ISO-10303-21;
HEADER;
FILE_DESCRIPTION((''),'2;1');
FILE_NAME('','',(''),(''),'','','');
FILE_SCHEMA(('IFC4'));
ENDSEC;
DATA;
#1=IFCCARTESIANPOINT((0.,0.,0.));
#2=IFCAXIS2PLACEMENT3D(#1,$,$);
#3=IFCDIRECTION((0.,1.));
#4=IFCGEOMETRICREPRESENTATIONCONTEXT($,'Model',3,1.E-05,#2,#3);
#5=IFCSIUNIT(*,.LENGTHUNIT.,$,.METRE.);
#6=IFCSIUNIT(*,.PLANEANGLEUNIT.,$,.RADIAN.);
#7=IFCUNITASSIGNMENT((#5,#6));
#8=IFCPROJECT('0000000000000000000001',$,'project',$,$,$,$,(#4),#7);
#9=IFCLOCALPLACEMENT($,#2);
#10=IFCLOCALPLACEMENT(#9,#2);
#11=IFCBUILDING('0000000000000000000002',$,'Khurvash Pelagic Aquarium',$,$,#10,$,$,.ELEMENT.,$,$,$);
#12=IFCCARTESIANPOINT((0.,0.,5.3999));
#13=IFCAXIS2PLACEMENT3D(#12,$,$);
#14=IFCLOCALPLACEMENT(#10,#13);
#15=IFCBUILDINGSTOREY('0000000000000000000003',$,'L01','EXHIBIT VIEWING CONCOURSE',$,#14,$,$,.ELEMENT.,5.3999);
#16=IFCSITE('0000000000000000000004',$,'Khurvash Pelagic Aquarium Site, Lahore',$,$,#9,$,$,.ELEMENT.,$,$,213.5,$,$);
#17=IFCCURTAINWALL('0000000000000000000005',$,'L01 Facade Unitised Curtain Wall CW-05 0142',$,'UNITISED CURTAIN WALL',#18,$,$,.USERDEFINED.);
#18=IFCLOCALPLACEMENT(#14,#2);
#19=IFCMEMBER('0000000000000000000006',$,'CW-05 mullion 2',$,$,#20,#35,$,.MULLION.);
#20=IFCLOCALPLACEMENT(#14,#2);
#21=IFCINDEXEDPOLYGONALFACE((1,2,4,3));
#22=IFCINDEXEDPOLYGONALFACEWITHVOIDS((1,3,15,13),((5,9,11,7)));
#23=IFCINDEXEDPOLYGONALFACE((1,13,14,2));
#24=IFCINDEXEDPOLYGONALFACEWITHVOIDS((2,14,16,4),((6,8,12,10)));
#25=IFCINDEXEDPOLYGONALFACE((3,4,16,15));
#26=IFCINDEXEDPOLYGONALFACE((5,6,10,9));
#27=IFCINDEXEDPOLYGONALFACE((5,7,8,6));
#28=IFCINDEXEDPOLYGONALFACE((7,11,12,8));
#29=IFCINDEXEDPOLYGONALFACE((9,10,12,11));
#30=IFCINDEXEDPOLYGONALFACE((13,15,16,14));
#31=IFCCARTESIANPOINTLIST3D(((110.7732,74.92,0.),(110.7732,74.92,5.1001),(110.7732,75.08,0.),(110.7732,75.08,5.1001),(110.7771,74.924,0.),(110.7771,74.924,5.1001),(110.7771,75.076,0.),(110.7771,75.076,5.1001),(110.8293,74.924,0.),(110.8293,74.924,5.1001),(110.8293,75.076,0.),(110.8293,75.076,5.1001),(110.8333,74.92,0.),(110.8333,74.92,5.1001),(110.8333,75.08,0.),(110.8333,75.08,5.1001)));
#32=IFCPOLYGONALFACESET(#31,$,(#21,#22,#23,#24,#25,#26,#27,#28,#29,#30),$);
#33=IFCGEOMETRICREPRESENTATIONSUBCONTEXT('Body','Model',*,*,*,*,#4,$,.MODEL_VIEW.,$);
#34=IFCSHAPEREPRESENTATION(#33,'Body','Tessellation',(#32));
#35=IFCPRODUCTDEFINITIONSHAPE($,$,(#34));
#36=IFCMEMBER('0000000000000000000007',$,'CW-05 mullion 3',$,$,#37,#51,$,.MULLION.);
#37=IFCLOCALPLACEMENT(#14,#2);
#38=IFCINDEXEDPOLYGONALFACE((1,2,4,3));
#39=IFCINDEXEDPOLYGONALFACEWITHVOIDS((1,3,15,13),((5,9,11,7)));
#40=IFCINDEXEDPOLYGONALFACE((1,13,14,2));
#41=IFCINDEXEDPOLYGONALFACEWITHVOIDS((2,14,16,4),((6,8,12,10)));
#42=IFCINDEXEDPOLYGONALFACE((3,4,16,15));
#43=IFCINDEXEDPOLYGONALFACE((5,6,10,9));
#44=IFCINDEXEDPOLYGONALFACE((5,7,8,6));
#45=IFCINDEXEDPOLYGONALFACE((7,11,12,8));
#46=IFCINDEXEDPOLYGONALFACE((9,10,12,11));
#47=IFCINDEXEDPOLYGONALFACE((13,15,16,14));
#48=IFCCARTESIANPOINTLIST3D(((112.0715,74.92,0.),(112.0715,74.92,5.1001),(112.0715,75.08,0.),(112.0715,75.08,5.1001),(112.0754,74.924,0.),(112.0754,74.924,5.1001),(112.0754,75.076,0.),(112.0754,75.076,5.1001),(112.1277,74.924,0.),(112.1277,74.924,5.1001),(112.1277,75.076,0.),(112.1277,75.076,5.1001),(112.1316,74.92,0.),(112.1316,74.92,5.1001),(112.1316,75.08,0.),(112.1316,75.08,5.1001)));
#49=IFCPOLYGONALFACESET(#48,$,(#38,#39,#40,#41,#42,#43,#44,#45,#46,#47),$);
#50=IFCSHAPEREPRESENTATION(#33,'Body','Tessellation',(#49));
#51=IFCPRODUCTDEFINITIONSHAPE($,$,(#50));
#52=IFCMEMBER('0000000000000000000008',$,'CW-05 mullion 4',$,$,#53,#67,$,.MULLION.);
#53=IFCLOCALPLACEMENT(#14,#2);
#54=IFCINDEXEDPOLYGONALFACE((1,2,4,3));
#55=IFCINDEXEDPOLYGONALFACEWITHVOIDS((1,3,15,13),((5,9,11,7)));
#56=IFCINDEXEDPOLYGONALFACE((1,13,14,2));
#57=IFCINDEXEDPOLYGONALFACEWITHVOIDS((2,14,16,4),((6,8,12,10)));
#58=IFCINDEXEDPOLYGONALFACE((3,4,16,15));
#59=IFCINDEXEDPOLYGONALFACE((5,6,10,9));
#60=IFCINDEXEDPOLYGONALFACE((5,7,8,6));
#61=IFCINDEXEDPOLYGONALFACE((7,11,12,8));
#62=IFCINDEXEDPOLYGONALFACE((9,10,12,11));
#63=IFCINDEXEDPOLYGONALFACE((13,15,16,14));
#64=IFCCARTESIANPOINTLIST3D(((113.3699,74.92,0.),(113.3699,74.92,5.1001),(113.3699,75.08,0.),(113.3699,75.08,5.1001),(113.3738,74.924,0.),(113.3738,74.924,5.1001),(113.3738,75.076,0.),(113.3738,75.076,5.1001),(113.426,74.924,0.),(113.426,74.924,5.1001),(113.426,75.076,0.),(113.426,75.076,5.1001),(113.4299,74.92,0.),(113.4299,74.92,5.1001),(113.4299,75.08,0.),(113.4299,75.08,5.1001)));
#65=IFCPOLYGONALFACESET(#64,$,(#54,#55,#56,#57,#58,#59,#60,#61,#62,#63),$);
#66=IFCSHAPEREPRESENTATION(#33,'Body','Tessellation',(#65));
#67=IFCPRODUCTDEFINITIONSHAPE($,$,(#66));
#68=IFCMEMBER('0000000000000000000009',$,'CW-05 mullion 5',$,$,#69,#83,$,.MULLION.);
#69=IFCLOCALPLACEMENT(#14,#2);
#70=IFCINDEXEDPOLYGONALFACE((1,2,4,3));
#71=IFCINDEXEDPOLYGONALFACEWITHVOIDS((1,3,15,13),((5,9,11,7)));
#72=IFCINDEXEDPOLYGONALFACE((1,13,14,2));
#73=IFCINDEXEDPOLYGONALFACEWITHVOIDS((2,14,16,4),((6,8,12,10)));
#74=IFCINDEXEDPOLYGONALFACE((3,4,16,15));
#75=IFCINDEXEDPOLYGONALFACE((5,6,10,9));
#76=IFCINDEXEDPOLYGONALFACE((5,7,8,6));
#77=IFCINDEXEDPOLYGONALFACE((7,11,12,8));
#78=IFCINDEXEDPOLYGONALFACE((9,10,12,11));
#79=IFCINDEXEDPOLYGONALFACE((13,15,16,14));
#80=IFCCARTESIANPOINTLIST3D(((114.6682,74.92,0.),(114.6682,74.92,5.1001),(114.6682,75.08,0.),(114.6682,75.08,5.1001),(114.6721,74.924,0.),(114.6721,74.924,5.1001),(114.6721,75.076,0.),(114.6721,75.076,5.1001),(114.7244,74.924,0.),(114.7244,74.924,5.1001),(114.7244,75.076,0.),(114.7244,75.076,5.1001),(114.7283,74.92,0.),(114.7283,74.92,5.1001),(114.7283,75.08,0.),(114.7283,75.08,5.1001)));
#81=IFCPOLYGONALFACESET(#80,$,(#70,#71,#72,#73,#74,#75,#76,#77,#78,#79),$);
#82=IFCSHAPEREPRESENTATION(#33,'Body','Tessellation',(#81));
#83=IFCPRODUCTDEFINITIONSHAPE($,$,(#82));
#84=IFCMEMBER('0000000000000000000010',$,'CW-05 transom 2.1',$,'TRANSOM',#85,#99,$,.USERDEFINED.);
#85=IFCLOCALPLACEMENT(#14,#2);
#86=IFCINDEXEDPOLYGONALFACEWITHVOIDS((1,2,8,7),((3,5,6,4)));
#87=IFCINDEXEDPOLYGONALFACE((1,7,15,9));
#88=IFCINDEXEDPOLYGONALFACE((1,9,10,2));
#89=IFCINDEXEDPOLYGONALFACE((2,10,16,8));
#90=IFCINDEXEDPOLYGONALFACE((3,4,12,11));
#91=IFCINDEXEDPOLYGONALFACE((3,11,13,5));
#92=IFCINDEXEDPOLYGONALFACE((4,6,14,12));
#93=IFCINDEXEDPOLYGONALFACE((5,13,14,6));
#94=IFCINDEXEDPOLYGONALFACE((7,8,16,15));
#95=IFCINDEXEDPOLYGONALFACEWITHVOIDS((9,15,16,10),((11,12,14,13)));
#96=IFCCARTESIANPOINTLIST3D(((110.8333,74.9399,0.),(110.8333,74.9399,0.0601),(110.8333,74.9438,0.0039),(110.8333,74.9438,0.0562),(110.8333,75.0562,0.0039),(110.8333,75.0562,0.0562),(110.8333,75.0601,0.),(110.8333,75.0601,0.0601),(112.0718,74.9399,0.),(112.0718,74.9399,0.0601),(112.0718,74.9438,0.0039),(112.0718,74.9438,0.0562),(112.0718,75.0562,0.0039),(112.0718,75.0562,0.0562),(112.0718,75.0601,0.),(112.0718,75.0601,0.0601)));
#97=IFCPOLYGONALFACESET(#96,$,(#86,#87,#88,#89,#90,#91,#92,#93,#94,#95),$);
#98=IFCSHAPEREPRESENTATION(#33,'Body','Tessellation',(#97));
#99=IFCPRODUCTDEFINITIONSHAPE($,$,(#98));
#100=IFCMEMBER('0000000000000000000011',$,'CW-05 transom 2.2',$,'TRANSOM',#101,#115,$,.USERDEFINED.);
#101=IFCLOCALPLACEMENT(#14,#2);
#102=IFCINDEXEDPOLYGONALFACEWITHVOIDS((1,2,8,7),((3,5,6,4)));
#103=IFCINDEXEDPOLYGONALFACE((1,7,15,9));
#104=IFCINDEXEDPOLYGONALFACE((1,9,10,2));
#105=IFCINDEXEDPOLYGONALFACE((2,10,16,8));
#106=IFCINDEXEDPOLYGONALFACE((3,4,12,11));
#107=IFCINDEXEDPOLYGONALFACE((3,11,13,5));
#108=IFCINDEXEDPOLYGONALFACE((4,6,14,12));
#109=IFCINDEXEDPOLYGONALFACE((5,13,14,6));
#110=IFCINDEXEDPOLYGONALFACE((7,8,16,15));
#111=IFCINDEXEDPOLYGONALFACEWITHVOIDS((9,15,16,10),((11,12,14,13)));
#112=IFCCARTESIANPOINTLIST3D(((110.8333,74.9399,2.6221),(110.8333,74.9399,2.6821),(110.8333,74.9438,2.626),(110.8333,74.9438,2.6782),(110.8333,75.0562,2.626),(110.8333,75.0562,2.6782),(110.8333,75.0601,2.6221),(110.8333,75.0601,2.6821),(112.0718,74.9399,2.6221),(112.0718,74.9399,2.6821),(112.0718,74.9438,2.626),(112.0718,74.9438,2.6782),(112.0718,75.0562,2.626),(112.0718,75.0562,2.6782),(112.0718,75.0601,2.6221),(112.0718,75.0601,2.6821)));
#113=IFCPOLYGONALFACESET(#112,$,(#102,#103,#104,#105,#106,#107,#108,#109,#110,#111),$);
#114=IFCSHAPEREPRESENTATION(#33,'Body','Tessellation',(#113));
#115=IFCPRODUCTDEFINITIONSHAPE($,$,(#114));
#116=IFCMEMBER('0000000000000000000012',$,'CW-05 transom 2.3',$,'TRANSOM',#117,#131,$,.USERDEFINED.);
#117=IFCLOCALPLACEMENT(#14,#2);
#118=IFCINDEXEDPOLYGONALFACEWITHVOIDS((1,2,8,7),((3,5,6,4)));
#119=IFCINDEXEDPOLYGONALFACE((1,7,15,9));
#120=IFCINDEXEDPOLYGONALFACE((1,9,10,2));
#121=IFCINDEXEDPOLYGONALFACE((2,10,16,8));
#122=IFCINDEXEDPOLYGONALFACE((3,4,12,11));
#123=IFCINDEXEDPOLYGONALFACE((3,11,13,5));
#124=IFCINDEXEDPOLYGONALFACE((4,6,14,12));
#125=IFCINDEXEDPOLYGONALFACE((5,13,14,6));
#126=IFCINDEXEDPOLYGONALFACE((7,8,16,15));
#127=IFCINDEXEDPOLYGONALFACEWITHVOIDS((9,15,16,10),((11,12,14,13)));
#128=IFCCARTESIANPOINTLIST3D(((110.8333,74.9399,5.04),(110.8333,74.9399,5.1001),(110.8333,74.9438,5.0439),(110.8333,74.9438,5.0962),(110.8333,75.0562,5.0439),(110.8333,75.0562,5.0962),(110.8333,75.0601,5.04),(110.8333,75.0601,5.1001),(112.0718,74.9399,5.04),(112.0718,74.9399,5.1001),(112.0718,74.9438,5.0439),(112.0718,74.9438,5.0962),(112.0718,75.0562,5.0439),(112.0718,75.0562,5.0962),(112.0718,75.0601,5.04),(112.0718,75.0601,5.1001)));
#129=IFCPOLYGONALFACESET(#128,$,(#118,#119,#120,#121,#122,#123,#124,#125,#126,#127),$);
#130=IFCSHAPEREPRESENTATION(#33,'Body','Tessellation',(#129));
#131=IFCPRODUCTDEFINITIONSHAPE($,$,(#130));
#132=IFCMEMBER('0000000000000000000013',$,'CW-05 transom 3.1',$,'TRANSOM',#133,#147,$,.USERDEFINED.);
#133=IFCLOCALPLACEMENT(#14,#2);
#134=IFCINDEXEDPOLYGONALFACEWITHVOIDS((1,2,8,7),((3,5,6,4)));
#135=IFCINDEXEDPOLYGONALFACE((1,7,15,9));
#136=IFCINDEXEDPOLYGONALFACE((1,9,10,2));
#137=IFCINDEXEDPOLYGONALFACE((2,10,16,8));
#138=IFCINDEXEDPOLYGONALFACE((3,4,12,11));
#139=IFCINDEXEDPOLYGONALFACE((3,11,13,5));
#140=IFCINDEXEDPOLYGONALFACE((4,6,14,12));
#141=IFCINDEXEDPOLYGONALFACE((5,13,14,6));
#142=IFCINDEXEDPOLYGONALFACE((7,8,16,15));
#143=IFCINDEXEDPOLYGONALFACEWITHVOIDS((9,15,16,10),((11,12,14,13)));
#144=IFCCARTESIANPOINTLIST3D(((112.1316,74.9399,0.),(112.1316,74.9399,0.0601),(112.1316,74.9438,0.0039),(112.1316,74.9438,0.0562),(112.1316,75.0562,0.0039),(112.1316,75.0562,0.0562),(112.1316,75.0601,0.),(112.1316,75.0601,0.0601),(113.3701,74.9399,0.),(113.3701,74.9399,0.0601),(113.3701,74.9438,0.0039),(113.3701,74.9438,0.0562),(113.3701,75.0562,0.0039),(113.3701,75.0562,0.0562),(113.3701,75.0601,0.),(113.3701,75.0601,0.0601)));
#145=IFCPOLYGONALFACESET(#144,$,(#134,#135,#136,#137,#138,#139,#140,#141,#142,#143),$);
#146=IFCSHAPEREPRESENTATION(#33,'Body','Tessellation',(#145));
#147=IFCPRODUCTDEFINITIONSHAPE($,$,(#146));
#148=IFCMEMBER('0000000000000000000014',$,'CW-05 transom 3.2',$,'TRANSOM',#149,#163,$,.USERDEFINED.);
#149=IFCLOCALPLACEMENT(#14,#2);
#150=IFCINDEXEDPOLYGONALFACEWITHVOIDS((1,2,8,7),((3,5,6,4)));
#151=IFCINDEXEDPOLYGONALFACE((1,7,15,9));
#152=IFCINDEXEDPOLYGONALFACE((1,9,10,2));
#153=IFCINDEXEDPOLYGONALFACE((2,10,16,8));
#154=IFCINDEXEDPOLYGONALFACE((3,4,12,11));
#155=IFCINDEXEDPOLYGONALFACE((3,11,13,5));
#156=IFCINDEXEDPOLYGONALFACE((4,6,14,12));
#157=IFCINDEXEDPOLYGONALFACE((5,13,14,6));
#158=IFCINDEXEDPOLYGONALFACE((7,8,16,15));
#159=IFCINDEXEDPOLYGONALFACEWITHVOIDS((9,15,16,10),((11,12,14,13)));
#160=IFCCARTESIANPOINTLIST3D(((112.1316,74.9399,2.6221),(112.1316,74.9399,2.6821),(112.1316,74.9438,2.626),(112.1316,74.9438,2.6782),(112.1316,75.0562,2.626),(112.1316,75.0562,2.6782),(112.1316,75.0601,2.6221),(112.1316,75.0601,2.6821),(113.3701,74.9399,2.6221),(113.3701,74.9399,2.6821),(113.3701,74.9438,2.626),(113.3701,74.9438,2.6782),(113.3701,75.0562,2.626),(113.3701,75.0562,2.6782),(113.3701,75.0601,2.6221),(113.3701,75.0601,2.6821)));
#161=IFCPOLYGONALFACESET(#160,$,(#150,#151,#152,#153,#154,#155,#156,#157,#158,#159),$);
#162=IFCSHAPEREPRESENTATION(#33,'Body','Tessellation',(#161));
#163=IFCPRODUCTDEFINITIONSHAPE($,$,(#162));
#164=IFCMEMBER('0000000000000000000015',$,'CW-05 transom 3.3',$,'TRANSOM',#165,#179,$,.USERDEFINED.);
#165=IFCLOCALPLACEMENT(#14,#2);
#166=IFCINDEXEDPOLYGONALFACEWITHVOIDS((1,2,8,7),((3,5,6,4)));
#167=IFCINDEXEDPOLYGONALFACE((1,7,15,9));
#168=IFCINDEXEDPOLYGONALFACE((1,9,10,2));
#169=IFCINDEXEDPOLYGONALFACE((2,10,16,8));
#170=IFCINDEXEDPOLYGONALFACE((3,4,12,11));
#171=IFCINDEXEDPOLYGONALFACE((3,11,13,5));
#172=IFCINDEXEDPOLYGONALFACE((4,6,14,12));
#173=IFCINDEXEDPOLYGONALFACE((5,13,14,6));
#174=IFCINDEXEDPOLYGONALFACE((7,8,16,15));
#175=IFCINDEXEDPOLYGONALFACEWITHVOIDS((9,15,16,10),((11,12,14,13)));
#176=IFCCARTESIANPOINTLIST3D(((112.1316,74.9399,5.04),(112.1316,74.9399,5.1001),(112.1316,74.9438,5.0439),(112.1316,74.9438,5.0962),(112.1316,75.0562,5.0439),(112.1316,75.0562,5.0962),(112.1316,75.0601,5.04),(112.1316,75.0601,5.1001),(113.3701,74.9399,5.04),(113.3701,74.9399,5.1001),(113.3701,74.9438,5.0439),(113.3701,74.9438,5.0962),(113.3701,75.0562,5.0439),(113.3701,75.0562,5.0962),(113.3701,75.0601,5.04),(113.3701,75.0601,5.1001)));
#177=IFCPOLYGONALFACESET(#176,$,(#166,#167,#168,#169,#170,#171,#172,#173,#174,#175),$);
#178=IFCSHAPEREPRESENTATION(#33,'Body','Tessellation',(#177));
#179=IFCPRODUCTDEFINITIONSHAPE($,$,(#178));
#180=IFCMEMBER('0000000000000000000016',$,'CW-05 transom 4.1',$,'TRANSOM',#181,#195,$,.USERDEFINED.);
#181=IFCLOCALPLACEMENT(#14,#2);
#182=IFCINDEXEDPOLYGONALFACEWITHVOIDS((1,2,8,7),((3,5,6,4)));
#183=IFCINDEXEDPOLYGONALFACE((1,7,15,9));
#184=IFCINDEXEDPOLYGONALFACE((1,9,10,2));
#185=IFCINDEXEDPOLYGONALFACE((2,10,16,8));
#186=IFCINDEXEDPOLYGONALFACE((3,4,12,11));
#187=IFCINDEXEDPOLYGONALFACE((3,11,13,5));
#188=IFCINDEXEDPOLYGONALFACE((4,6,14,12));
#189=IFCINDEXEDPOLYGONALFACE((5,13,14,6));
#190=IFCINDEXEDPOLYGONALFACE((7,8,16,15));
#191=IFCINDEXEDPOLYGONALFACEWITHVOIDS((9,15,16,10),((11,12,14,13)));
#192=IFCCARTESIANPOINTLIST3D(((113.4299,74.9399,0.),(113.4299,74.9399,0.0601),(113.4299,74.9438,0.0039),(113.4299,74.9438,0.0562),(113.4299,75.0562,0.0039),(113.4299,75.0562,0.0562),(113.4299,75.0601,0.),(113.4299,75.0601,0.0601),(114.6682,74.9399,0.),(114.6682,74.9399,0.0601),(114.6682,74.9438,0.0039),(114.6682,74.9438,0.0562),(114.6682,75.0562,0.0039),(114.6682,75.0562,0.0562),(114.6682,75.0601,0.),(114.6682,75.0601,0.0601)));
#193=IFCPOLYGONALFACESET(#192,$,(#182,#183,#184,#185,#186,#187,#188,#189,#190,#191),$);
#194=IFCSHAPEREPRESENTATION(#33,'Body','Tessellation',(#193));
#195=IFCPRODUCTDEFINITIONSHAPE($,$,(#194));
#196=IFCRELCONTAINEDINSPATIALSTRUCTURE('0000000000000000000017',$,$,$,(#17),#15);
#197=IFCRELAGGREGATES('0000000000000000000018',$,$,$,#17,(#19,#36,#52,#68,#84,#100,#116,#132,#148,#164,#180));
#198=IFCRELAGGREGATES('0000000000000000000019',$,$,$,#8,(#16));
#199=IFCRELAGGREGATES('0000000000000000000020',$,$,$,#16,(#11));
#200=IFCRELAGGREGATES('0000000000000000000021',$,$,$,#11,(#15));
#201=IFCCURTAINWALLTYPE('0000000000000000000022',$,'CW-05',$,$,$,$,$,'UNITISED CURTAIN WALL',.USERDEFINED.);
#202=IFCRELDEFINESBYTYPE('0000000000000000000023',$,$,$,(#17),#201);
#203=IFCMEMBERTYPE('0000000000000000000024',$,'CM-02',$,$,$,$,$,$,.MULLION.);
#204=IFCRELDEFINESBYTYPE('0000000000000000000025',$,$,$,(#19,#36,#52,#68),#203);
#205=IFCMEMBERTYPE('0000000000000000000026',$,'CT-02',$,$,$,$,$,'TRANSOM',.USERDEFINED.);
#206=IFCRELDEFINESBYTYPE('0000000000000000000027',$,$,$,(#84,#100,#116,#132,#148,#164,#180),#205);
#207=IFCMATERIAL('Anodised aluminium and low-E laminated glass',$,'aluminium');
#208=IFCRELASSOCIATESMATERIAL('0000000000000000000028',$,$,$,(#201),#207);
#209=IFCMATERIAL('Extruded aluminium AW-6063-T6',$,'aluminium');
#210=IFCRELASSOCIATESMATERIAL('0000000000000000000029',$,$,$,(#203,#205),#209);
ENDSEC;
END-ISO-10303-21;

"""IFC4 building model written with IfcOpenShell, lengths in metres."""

from ifc_helpers import new_model, si_unit, direction, frame, origin, origin_2d, place, context, subcontext, project, spatial, hollow_rectangle, extrude, material, material_profile, profile_set, type_object, element, aggregate, save


model = new_model("IFC4")

# Units and contexts
model_context = context("Model", 3, precision=1e-05, world=origin(), true_north=direction((0.0, 1.0)))
body_context = subcontext(model_context, "Body", "Model", "MODEL_VIEW")
ifc_project = project(units=[si_unit("LENGTHUNIT", "METRE"), si_unit("PLANEANGLEUNIT", "RADIAN")], contexts=[model_context])

# Site, building, storey
site_placement = place(None, origin())
site = spatial("IfcSite", under=ifc_project, at=site_placement, Name="Khurvash Pelagic Aquarium Site, Lahore", CompositionType="ELEMENT", RefElevation=213.5)
building_placement = place(site_placement, origin())
building = spatial("IfcBuilding", under=site, at=building_placement, Name="Khurvash Pelagic Aquarium", CompositionType="ELEMENT")
storey_placement = place(building_placement, frame((0.0, 0.0, 5.3999)))
storey = spatial("IfcBuildingStorey", under=building, at=storey_placement, Name="L01", Description="EXHIBIT VIEWING CONCOURSE", CompositionType="ELEMENT", Elevation=5.3999)

# Curtain wall, members
ifc_material_1 = material(Name="Anodised aluminium and low-E laminated glass", Category="aluminium")
curtain_wall_type = type_object("IfcCurtainWallType", Name="CW-05", ElementType="UNITISED CURTAIN WALL", PredefinedType="USERDEFINED", material=ifc_material_1)
curtain_wall_placement = place(storey_placement, origin())
curtain_wall = element("IfcCurtainWall", 1, at=curtain_wall_placement, inside=storey, type_object=curtain_wall_type, Name="L01 Facade Unitised Curtain Wall CW-05 0142", ObjectType="UNITISED CURTAIN WALL", PredefinedType="USERDEFINED")
ifc_material_2 = material(Name="Extruded aluminium AW-6063-T6", Category="aluminium")
ifc_material_profile_1 = material_profile(ifc_material_2, hollow_rectangle(XDim=0.0601, YDim=0.1599, WallThickness=0.0039, at=origin_2d()), Name="CWM60X160X4")
ifc_profile_set_1 = profile_set([ifc_material_profile_1], Name="Extruded aluminium AW-6063-T6")
member_type_1 = type_object("IfcMemberType", Name="CM-02", PredefinedType="MULLION", material=ifc_profile_set_1)
member_1_placement = place(storey_placement, frame((110.8032, 75.0, 0.0), z_axis=(0.0, 0.0, 1.0), x_axis=(1.0, 0.0, 0.0)))
member_1 = element("IfcMember", 2, at=member_1_placement, type_object=member_type_1, Name="CW-05 mullion 2", PredefinedType="MULLION", context=body_context, shape_type="SweptSolid", body=[
    extrude(hollow_rectangle(XDim=0.0601, YDim=0.1599, WallThickness=0.0039, at=origin_2d()), origin(), (0.0, 0.0, 1.0), 5.1001),
])
member_2_placement = place(storey_placement, frame((112.1016, 75.0, 0.0), z_axis=(0.0, 0.0, 1.0), x_axis=(1.0, 0.0, 0.0)))
member_2 = element("IfcMember", 3, at=member_2_placement, type_object=member_type_1, Name="CW-05 mullion 3", PredefinedType="MULLION", context=body_context, shape_type="SweptSolid", body=[
    extrude(hollow_rectangle(XDim=0.0601, YDim=0.1599, WallThickness=0.0039, at=origin_2d()), origin(), (0.0, 0.0, 1.0), 5.1001),
])
member_3_placement = place(storey_placement, frame((113.3999, 75.0, 0.0), z_axis=(0.0, 0.0, 1.0), x_axis=(1.0, 0.0, 0.0)))
member_3 = element("IfcMember", 4, at=member_3_placement, type_object=member_type_1, Name="CW-05 mullion 4", PredefinedType="MULLION", context=body_context, shape_type="SweptSolid", body=[
    extrude(hollow_rectangle(XDim=0.0601, YDim=0.1599, WallThickness=0.0039, at=origin_2d()), origin(), (0.0, 0.0, 1.0), 5.1001),
])
member_4_placement = place(storey_placement, frame((114.6982, 75.0, 0.0), z_axis=(0.0, 0.0, 1.0), x_axis=(1.0, 0.0, 0.0)))
member_4 = element("IfcMember", 5, at=member_4_placement, type_object=member_type_1, Name="CW-05 mullion 5", PredefinedType="MULLION", context=body_context, shape_type="SweptSolid", body=[
    extrude(hollow_rectangle(XDim=0.0601, YDim=0.1599, WallThickness=0.0039, at=origin_2d()), origin(), (0.0, 0.0, 1.0), 5.1001),
])
ifc_material_profile_2 = material_profile(ifc_material_2, hollow_rectangle(XDim=0.1201, YDim=0.0601, WallThickness=0.0039, at=origin_2d()), Name="CWT120X60X4")
ifc_profile_set_2 = profile_set([ifc_material_profile_2], Name="Extruded aluminium AW-6063-T6")
member_type_2 = type_object("IfcMemberType", Name="CT-02", ElementType="TRANSOM", PredefinedType="USERDEFINED", material=ifc_profile_set_2)
member_5_placement = place(storey_placement, frame((110.8333, 75.0, 0.03), z_axis=(1.0, 0.0, 0.0), x_axis=(0.0, 1.0, 0.0)))
member_5 = element("IfcMember", 6, at=member_5_placement, type_object=member_type_2, Name="CW-05 transom 2.1", ObjectType="TRANSOM", PredefinedType="USERDEFINED", context=body_context, shape_type="SweptSolid", body=[
    extrude(hollow_rectangle(XDim=0.1201, YDim=0.0601, WallThickness=0.0039, at=origin_2d()), origin(), (0.0, 0.0, 1.0), 1.2385),
])
member_6_placement = place(storey_placement, frame((110.8333, 75.0, 2.6521), z_axis=(1.0, 0.0, 0.0), x_axis=(0.0, 1.0, 0.0)))
member_6 = element("IfcMember", 7, at=member_6_placement, type_object=member_type_2, Name="CW-05 transom 2.2", ObjectType="TRANSOM", PredefinedType="USERDEFINED", context=body_context, shape_type="SweptSolid", body=[
    extrude(hollow_rectangle(XDim=0.1201, YDim=0.0601, WallThickness=0.0039, at=origin_2d()), origin(), (0.0, 0.0, 1.0), 1.2385),
])
member_7_placement = place(storey_placement, frame((110.8333, 75.0, 5.0701), z_axis=(1.0, 0.0, 0.0), x_axis=(0.0, 1.0, 0.0)))
member_7 = element("IfcMember", 8, at=member_7_placement, type_object=member_type_2, Name="CW-05 transom 2.3", ObjectType="TRANSOM", PredefinedType="USERDEFINED", context=body_context, shape_type="SweptSolid", body=[
    extrude(hollow_rectangle(XDim=0.1201, YDim=0.0601, WallThickness=0.0039, at=origin_2d()), origin(), (0.0, 0.0, 1.0), 1.2385),
])
member_8_placement = place(storey_placement, frame((112.1316, 75.0, 0.03), z_axis=(1.0, 0.0, 0.0), x_axis=(0.0, 1.0, 0.0)))
member_8 = element("IfcMember", 9, at=member_8_placement, type_object=member_type_2, Name="CW-05 transom 3.1", ObjectType="TRANSOM", PredefinedType="USERDEFINED", context=body_context, shape_type="SweptSolid", body=[
    extrude(hollow_rectangle(XDim=0.1201, YDim=0.0601, WallThickness=0.0039, at=origin_2d()), origin(), (0.0, 0.0, 1.0), 1.2385),
])
member_9_placement = place(storey_placement, frame((112.1316, 75.0, 2.6521), z_axis=(1.0, 0.0, 0.0), x_axis=(0.0, 1.0, 0.0)))
member_9 = element("IfcMember", 10, at=member_9_placement, type_object=member_type_2, Name="CW-05 transom 3.2", ObjectType="TRANSOM", PredefinedType="USERDEFINED", context=body_context, shape_type="SweptSolid", body=[
    extrude(hollow_rectangle(XDim=0.1201, YDim=0.0601, WallThickness=0.0039, at=origin_2d()), origin(), (0.0, 0.0, 1.0), 1.2385),
])
member_10_placement = place(storey_placement, frame((112.1316, 75.0, 5.0701), z_axis=(1.0, 0.0, 0.0), x_axis=(0.0, 1.0, 0.0)))
member_10 = element("IfcMember", 11, at=member_10_placement, type_object=member_type_2, Name="CW-05 transom 3.3", ObjectType="TRANSOM", PredefinedType="USERDEFINED", context=body_context, shape_type="SweptSolid", body=[
    extrude(hollow_rectangle(XDim=0.1201, YDim=0.0601, WallThickness=0.0039, at=origin_2d()), origin(), (0.0, 0.0, 1.0), 1.2385),
])
member_11_placement = place(storey_placement, frame((113.4299, 75.0, 0.03), z_axis=(1.0, 0.0, 0.0), x_axis=(0.0, 1.0, 0.0)))
member_11 = element("IfcMember", 12, at=member_11_placement, type_object=member_type_2, Name="CW-05 transom 4.1", ObjectType="TRANSOM", PredefinedType="USERDEFINED", context=body_context, shape_type="SweptSolid", body=[
    extrude(hollow_rectangle(XDim=0.1201, YDim=0.0601, WallThickness=0.0039, at=origin_2d()), origin(), (0.0, 0.0, 1.0), 1.2383),
])
aggregate(curtain_wall, [member_1, member_2, member_3, member_4, member_5, member_6, member_7, member_8, member_9, member_10, member_11])

save(model, "model.ifc")
